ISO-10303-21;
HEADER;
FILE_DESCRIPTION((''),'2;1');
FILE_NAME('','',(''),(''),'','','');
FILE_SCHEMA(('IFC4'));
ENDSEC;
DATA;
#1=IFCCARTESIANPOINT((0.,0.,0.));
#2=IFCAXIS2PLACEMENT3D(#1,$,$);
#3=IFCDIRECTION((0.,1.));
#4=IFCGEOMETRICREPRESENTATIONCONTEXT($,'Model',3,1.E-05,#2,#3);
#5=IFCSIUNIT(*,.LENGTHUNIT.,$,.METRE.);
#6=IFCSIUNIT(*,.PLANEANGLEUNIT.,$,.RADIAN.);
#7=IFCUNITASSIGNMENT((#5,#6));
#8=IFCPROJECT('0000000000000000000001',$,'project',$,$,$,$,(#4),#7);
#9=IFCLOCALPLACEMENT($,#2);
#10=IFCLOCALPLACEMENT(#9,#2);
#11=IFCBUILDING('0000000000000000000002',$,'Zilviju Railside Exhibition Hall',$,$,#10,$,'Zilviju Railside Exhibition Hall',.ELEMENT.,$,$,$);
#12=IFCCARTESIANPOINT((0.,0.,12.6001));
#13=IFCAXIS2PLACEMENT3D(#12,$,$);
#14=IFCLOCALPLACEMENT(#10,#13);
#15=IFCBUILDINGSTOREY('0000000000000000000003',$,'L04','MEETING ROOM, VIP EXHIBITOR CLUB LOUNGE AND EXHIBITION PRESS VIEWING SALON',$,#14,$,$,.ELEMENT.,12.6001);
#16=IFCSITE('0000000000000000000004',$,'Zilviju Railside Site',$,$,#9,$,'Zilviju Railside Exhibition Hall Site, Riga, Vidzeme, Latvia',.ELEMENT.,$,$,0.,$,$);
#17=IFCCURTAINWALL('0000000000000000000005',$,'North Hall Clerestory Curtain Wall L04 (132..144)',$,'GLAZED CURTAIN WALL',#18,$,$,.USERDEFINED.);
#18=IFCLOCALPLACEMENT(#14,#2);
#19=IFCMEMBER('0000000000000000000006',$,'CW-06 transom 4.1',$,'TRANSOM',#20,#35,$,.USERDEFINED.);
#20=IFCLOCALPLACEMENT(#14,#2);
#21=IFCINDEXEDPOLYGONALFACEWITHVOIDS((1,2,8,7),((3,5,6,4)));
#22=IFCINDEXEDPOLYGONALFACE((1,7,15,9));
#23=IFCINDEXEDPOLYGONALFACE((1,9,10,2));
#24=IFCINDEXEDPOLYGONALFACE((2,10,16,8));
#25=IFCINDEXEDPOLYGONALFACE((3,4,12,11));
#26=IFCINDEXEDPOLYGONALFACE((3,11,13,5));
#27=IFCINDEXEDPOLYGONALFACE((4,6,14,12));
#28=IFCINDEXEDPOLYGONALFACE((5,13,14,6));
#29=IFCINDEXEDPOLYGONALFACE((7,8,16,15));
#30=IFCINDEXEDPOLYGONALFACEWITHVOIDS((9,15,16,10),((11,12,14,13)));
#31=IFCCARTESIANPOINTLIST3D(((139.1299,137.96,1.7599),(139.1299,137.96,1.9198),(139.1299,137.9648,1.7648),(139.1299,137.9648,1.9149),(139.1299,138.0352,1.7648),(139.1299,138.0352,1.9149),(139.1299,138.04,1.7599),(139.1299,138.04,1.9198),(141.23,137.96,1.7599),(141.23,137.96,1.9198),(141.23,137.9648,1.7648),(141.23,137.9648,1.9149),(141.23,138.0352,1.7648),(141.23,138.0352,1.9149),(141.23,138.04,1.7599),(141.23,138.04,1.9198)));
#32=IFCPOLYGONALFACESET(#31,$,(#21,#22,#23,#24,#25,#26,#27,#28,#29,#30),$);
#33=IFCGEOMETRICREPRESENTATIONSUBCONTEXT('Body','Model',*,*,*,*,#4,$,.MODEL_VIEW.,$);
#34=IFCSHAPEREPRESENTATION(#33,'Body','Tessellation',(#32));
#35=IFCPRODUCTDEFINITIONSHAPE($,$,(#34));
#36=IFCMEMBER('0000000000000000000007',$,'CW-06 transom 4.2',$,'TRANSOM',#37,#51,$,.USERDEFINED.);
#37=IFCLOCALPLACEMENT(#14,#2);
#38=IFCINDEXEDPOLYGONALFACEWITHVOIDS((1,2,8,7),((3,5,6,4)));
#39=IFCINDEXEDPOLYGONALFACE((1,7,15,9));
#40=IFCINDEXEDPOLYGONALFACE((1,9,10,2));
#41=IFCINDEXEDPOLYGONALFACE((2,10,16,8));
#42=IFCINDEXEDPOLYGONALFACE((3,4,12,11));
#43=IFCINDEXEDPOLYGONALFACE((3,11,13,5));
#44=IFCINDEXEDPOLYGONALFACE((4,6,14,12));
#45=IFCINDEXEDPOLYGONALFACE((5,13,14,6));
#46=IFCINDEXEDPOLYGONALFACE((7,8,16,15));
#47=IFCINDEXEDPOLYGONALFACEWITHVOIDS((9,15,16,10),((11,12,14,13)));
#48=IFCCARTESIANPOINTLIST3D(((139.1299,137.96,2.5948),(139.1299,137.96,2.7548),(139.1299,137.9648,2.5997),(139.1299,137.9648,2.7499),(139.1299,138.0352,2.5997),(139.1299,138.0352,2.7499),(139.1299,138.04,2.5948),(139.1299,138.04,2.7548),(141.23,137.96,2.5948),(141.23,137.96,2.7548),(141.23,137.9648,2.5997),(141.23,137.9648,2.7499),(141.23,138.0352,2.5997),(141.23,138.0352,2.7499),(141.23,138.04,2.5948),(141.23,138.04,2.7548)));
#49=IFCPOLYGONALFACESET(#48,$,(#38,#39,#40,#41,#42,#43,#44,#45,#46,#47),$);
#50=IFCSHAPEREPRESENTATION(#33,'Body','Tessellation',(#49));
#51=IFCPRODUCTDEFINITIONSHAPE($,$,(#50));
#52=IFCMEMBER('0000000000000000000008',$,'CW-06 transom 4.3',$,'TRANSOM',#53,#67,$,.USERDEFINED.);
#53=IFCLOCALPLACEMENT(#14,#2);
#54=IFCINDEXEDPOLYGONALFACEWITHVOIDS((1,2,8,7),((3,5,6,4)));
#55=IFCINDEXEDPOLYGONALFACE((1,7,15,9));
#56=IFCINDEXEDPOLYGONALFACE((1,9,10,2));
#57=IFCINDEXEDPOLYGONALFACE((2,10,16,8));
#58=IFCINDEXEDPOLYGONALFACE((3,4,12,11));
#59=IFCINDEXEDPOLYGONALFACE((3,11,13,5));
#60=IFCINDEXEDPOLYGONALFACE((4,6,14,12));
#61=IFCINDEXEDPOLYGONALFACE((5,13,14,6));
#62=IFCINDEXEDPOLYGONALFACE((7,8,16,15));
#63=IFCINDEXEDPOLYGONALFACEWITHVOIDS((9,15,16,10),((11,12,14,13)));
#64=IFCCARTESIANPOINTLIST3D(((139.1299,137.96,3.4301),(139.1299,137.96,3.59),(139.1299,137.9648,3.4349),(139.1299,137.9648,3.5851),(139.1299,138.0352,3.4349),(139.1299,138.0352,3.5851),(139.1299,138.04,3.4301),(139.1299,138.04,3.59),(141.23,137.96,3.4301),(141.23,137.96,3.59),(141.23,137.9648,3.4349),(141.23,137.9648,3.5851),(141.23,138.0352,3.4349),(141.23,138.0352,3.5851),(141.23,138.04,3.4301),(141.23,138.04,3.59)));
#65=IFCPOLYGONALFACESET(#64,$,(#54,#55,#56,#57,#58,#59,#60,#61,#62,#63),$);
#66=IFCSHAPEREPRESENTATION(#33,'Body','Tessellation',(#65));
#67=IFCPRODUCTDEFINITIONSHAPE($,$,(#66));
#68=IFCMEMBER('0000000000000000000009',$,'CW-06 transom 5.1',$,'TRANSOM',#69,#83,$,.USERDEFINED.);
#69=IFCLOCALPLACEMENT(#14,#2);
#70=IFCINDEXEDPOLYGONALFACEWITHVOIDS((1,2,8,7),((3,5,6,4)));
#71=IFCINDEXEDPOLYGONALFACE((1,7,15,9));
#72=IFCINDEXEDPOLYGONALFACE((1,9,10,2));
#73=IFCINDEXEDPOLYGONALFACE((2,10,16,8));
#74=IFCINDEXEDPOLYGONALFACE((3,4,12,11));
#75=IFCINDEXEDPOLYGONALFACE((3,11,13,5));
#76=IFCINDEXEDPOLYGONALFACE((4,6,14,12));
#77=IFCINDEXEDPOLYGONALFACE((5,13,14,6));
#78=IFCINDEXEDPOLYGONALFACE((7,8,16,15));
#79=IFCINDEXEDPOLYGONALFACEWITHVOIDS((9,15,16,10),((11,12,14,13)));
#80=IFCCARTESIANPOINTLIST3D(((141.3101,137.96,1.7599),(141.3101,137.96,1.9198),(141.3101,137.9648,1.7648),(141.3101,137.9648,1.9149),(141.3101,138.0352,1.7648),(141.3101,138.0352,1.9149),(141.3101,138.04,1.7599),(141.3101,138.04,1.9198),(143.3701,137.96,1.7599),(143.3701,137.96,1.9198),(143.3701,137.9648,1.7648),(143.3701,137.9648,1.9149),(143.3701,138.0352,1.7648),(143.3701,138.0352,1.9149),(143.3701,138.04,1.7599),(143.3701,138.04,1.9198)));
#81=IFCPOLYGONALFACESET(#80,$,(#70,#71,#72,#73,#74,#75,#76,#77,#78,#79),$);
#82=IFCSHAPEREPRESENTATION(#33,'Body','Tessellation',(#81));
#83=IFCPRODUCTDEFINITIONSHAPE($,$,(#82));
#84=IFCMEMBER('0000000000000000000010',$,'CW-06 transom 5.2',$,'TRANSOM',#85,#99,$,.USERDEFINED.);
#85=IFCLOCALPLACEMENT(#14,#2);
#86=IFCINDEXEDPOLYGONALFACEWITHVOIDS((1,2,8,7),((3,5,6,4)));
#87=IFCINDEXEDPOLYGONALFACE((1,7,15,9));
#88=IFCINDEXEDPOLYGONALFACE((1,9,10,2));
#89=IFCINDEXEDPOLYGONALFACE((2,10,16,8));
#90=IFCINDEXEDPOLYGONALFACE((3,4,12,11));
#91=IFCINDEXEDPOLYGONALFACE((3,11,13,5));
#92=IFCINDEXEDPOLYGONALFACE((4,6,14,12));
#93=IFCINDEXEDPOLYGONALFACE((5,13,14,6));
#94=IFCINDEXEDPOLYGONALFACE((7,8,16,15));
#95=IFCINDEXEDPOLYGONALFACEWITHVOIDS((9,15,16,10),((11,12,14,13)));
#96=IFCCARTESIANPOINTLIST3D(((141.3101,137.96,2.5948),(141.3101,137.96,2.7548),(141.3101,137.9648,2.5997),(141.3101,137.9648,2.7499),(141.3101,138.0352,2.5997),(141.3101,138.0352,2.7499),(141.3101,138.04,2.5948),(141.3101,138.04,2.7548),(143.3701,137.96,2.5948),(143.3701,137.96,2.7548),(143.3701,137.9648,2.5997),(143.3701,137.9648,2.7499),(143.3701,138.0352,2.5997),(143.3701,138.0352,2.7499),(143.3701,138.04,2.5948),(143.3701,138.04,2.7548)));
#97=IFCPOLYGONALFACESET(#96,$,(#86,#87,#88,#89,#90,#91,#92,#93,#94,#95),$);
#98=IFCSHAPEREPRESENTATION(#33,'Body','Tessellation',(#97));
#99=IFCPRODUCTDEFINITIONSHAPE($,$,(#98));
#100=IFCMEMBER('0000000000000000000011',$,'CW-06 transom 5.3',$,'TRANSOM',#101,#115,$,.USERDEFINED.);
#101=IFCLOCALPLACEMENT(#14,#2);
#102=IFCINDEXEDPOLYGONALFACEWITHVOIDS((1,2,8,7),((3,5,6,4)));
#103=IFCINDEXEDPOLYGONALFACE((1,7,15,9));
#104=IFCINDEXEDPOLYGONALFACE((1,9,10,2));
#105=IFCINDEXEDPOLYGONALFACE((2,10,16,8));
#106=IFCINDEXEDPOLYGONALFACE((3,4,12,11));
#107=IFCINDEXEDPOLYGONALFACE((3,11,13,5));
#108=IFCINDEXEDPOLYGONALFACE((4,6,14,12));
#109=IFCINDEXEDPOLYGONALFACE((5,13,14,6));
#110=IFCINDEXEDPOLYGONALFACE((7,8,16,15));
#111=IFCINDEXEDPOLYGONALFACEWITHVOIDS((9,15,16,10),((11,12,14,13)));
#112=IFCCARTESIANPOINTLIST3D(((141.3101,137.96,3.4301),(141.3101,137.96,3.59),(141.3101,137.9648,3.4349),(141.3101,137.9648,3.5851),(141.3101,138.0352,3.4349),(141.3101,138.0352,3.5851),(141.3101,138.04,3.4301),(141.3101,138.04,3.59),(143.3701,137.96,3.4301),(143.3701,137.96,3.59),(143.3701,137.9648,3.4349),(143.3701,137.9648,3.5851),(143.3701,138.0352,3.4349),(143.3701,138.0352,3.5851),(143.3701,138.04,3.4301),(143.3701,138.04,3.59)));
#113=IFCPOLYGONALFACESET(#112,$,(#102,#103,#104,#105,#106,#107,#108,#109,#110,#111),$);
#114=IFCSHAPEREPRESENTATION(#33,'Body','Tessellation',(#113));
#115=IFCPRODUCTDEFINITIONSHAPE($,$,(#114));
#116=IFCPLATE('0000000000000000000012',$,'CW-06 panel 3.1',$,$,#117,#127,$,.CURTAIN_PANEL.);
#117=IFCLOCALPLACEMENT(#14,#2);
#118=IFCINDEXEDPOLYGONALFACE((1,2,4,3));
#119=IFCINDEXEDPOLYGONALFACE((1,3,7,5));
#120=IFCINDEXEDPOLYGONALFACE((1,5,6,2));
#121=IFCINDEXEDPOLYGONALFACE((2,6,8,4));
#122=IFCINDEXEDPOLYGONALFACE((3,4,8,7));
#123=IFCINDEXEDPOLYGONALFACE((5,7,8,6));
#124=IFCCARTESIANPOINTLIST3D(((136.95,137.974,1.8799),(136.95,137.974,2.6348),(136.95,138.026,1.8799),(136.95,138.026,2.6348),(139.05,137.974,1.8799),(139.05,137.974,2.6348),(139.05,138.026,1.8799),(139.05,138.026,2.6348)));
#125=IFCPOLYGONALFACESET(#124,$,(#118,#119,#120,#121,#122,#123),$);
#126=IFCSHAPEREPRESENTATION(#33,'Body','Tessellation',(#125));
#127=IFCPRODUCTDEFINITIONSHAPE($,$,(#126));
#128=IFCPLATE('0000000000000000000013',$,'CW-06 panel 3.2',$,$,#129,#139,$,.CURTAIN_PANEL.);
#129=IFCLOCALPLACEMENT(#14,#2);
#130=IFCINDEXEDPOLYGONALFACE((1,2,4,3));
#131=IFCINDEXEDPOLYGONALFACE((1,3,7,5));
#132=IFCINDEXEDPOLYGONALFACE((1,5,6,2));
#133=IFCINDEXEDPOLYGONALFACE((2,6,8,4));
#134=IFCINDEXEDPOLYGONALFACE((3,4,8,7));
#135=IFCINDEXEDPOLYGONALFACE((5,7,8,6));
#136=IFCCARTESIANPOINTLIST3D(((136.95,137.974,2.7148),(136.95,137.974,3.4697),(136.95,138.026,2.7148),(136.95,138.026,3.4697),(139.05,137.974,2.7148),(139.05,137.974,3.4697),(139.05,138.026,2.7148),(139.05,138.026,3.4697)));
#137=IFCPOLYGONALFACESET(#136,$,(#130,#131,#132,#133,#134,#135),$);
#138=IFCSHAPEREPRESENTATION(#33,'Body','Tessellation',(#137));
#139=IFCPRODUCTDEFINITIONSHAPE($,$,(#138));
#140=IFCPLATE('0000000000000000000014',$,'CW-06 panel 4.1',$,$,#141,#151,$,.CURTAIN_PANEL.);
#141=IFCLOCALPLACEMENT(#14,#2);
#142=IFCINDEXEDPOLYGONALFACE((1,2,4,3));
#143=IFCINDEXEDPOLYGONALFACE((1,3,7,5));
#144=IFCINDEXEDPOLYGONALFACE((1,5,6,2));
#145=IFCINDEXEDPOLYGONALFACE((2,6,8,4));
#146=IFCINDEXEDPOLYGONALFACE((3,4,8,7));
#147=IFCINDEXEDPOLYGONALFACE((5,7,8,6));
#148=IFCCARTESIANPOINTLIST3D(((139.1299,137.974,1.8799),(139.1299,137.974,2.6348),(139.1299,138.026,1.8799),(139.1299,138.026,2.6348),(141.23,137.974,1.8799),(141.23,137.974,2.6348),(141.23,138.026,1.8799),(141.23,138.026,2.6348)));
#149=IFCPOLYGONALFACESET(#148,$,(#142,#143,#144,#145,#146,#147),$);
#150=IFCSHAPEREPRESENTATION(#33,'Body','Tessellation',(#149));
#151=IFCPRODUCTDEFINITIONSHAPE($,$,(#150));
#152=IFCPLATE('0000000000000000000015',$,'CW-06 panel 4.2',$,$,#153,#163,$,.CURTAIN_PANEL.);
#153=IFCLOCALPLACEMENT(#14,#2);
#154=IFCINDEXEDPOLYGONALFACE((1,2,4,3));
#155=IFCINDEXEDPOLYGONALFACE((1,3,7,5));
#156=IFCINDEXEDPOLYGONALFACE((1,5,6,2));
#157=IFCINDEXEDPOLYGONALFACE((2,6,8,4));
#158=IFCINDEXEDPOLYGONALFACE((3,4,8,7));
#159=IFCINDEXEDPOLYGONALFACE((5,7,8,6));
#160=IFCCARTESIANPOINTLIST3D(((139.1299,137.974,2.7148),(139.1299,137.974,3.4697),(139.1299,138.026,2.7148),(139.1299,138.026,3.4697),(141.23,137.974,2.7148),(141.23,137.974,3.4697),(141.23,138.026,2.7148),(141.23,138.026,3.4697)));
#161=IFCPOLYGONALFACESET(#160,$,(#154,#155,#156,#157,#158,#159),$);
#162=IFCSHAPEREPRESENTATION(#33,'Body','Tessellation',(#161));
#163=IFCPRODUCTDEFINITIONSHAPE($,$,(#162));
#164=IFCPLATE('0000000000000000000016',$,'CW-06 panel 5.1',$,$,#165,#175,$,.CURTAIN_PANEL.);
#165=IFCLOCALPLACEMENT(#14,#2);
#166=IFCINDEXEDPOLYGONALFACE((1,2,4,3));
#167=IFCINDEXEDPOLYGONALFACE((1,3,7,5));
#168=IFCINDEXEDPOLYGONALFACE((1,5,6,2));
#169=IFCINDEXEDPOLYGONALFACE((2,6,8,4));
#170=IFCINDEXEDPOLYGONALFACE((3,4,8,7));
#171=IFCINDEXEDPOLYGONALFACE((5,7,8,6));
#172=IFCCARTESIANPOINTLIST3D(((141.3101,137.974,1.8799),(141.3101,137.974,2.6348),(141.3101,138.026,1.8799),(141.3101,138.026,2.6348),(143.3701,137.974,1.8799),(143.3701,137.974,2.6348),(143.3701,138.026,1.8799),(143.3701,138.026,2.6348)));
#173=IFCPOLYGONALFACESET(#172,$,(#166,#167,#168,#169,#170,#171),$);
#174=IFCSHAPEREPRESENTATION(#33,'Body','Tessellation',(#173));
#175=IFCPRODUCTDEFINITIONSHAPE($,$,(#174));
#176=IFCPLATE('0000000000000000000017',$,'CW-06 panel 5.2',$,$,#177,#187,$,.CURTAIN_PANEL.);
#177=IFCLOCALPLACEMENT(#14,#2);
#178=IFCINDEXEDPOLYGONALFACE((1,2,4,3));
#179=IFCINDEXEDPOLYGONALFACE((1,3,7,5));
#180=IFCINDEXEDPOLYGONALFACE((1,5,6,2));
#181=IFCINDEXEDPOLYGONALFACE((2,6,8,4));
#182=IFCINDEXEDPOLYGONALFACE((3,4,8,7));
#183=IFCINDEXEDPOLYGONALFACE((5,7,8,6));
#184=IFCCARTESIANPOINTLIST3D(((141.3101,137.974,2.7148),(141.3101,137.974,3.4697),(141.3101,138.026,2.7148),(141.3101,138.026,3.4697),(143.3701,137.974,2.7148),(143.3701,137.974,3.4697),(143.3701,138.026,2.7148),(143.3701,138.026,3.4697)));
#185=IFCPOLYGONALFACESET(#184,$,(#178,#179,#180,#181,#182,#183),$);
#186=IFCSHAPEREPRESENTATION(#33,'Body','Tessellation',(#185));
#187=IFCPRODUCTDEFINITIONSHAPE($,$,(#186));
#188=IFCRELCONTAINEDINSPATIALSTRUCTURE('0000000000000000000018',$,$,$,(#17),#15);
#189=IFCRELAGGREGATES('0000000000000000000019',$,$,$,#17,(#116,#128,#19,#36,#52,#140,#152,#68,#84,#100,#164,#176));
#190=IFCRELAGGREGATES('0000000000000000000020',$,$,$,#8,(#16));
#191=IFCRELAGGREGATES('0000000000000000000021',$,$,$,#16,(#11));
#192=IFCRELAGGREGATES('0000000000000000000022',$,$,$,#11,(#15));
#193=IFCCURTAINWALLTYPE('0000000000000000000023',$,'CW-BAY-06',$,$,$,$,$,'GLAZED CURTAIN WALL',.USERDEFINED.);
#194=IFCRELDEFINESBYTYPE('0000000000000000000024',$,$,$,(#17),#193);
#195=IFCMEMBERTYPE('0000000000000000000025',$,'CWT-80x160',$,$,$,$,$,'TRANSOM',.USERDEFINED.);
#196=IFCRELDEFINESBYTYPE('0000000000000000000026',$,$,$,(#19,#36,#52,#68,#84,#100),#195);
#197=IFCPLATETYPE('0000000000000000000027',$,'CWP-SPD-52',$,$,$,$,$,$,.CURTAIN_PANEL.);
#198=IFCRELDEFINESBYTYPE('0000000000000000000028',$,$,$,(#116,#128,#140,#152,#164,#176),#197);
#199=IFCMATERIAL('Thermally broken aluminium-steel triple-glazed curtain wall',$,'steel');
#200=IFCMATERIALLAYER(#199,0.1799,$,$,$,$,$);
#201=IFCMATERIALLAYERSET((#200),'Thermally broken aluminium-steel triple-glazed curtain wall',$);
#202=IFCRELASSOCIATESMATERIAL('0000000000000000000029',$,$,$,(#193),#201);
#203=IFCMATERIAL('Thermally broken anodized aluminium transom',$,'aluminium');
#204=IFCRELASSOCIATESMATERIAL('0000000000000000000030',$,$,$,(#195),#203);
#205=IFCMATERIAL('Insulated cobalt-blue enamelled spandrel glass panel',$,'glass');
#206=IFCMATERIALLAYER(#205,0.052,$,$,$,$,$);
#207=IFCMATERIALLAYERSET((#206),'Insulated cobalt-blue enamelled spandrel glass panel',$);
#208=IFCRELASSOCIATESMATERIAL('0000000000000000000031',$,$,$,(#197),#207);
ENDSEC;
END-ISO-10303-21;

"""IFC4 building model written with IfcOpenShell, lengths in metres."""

from ifc_helpers import new_model, si_unit, direction, frame, origin, origin_2d, place, context, subcontext, project, spatial, rectangle, hollow_rectangle, extrude, material, layer, layer_set, material_profile, profile_set, type_object, element, aggregate, save


model = new_model("IFC4")

# Units and contexts
model_context = context("Model", 3, precision=1e-05, world=origin(), true_north=direction((0.0, 1.0)))
body_context = subcontext(model_context, "Body", "Model", "MODEL_VIEW")
ifc_project = project(units=[si_unit("LENGTHUNIT", "METRE"), si_unit("PLANEANGLEUNIT", "RADIAN")], contexts=[model_context])

# Site, building, storey
site_placement = place(None, origin())
site = spatial("IfcSite", under=ifc_project, at=site_placement, Name="Zilviju Railside Site", LongName="Zilviju Railside Exhibition Hall Site, Riga, Vidzeme, Latvia", CompositionType="ELEMENT", RefElevation=0.0)
building_placement = place(site_placement, origin())
building = spatial("IfcBuilding", under=site, at=building_placement, Name="Zilviju Railside Exhibition Hall", LongName="Zilviju Railside Exhibition Hall", CompositionType="ELEMENT")
storey_placement = place(building_placement, frame((0.0, 0.0, 12.6001)))
storey = spatial("IfcBuildingStorey", under=building, at=storey_placement, Name="L04", Description="MEETING ROOM, VIP EXHIBITOR CLUB LOUNGE AND EXHIBITION PRESS VIEWING SALON", CompositionType="ELEMENT", Elevation=12.6001)

# Shared definitions
ifc_material_1 = material(Name="Thermally broken aluminium-steel triple-glazed curtain wall", Category="steel")

# Curtain wall
ifc_layer_1 = layer(ifc_material_1, 0.1799)
ifc_layer_set_1 = layer_set([ifc_layer_1], Name="Thermally broken aluminium-steel triple-glazed curtain wall")
curtain_wall_type_1 = type_object("IfcCurtainWallType", Name="CW-BAY-06", ElementType="GLAZED CURTAIN WALL", PredefinedType="USERDEFINED", material=ifc_layer_set_1)
curtain_wall_1_placement = place(storey_placement, origin())
curtain_wall_1 = element("IfcCurtainWall", 1, at=curtain_wall_1_placement, inside=storey, type_object=curtain_wall_type_1, Name="North Hall Clerestory Curtain Wall L04 (132..144)", ObjectType="GLAZED CURTAIN WALL", PredefinedType="USERDEFINED")

# Members
ifc_material_2 = material(Name="Thermally broken anodized aluminium transom", Category="aluminium")
ifc_material_profile_1 = material_profile(ifc_material_2, hollow_rectangle(XDim=0.0801, YDim=0.1599, WallThickness=0.0049, at=origin_2d()), Name="TRANSOM 160x80x5")
ifc_profile_set_1 = profile_set([ifc_material_profile_1], Name="Thermally broken anodized aluminium transom")
member_type_1 = type_object("IfcMemberType", Name="CWT-80x160", ElementType="TRANSOM", PredefinedType="USERDEFINED", material=ifc_profile_set_1)
member_1_placement = place(storey_placement, frame((139.1299, 138.0, 1.8398), z_axis=(1.0, 0.0, 0.0), x_axis=(0.0, 1.0, 0.0)))
member_1 = element("IfcMember", 2, at=member_1_placement, type_object=member_type_1, Name="CW-06 transom 4.1", ObjectType="TRANSOM", PredefinedType="USERDEFINED", context=body_context, shape_type="SweptSolid", body=[
    extrude(hollow_rectangle(XDim=0.0801, YDim=0.1599, WallThickness=0.0049, at=origin_2d()), origin(), (0.0, 0.0, 1.0), 2.1001),
])
member_2_placement = place(storey_placement, frame((139.1299, 138.0, 2.6748), z_axis=(1.0, 0.0, 0.0), x_axis=(0.0, 1.0, 0.0)))
member_2 = element("IfcMember", 3, at=member_2_placement, type_object=member_type_1, Name="CW-06 transom 4.2", ObjectType="TRANSOM", PredefinedType="USERDEFINED", context=body_context, shape_type="SweptSolid", body=[
    extrude(hollow_rectangle(XDim=0.0801, YDim=0.1599, WallThickness=0.0049, at=origin_2d()), origin(), (0.0, 0.0, 1.0), 2.1001),
])
member_3_placement = place(storey_placement, frame((139.1299, 138.0, 3.51), z_axis=(1.0, 0.0, 0.0), x_axis=(0.0, 1.0, 0.0)))
member_3 = element("IfcMember", 4, at=member_3_placement, type_object=member_type_1, Name="CW-06 transom 4.3", ObjectType="TRANSOM", PredefinedType="USERDEFINED", context=body_context, shape_type="SweptSolid", body=[
    extrude(hollow_rectangle(XDim=0.0801, YDim=0.1599, WallThickness=0.0049, at=origin_2d()), origin(), (0.0, 0.0, 1.0), 2.1001),
])
member_4_placement = place(storey_placement, frame((141.3101, 138.0, 1.8398), z_axis=(1.0, 0.0, 0.0), x_axis=(0.0, 1.0, 0.0)))
member_4 = element("IfcMember", 5, at=member_4_placement, type_object=member_type_1, Name="CW-06 transom 5.1", ObjectType="TRANSOM", PredefinedType="USERDEFINED", context=body_context, shape_type="SweptSolid", body=[
    extrude(hollow_rectangle(XDim=0.0801, YDim=0.1599, WallThickness=0.0049, at=origin_2d()), origin(), (0.0, 0.0, 1.0), 2.0601),
])
member_5_placement = place(storey_placement, frame((141.3101, 138.0, 2.6748), z_axis=(1.0, 0.0, 0.0), x_axis=(0.0, 1.0, 0.0)))
member_5 = element("IfcMember", 6, at=member_5_placement, type_object=member_type_1, Name="CW-06 transom 5.2", ObjectType="TRANSOM", PredefinedType="USERDEFINED", context=body_context, shape_type="SweptSolid", body=[
    extrude(hollow_rectangle(XDim=0.0801, YDim=0.1599, WallThickness=0.0049, at=origin_2d()), origin(), (0.0, 0.0, 1.0), 2.0601),
])
member_6_placement = place(storey_placement, frame((141.3101, 138.0, 3.51), z_axis=(1.0, 0.0, 0.0), x_axis=(0.0, 1.0, 0.0)))
member_6 = element("IfcMember", 7, at=member_6_placement, type_object=member_type_1, Name="CW-06 transom 5.3", ObjectType="TRANSOM", PredefinedType="USERDEFINED", context=body_context, shape_type="SweptSolid", body=[
    extrude(hollow_rectangle(XDim=0.0801, YDim=0.1599, WallThickness=0.0049, at=origin_2d()), origin(), (0.0, 0.0, 1.0), 2.0601),
])

# Plates
ifc_material_3 = material(Name="Insulated cobalt-blue enamelled spandrel glass panel", Category="glass")
ifc_layer_2 = layer(ifc_material_3, 0.052)
ifc_layer_set_2 = layer_set([ifc_layer_2], Name="Insulated cobalt-blue enamelled spandrel glass panel")
plate_type = type_object("IfcPlateType", Name="CWP-SPD-52", PredefinedType="CURTAIN_PANEL", material=ifc_layer_set_2)
plate_1_placement = place(storey_placement, frame((138.0, 138.0, 1.8799), z_axis=(0.0, 0.0, 1.0), x_axis=(1.0, 0.0, 0.0)))
plate_1 = element("IfcPlate", 8, at=plate_1_placement, type_object=plate_type, Name="CW-06 panel 3.1", PredefinedType="CURTAIN_PANEL", context=body_context, shape_type="SweptSolid", body=[
    extrude(rectangle(XDim=2.1001, YDim=0.052, at=origin_2d()), origin(), (0.0, 0.0, 1.0), 0.7549),
])
plate_2_placement = place(storey_placement, frame((138.0, 138.0, 2.7148), z_axis=(0.0, 0.0, 1.0), x_axis=(1.0, 0.0, 0.0)))
plate_2 = element("IfcPlate", 9, at=plate_2_placement, type_object=plate_type, Name="CW-06 panel 3.2", PredefinedType="CURTAIN_PANEL", context=body_context, shape_type="SweptSolid", body=[
    extrude(rectangle(XDim=2.1001, YDim=0.052, at=origin_2d()), origin(), (0.0, 0.0, 1.0), 0.7549),
])
plate_3_placement = place(storey_placement, frame((140.1799, 138.0, 1.8799), z_axis=(0.0, 0.0, 1.0), x_axis=(1.0, 0.0, 0.0)))
plate_3 = element("IfcPlate", 10, at=plate_3_placement, type_object=plate_type, Name="CW-06 panel 4.1", PredefinedType="CURTAIN_PANEL", context=body_context, shape_type="SweptSolid", body=[
    extrude(rectangle(XDim=2.1001, YDim=0.052, at=origin_2d()), origin(), (0.0, 0.0, 1.0), 0.7549),
])
plate_4_placement = place(storey_placement, frame((140.1799, 138.0, 2.7148), z_axis=(0.0, 0.0, 1.0), x_axis=(1.0, 0.0, 0.0)))
plate_4 = element("IfcPlate", 11, at=plate_4_placement, type_object=plate_type, Name="CW-06 panel 4.2", PredefinedType="CURTAIN_PANEL", context=body_context, shape_type="SweptSolid", body=[
    extrude(rectangle(XDim=2.1001, YDim=0.052, at=origin_2d()), origin(), (0.0, 0.0, 1.0), 0.7549),
])
plate_5_placement = place(storey_placement, frame((142.3401, 138.0, 1.8799), z_axis=(0.0, 0.0, 1.0), x_axis=(1.0, 0.0, 0.0)))
plate_5 = element("IfcPlate", 12, at=plate_5_placement, type_object=plate_type, Name="CW-06 panel 5.1", PredefinedType="CURTAIN_PANEL", context=body_context, shape_type="SweptSolid", body=[
    extrude(rectangle(XDim=2.0601, YDim=0.052, at=origin_2d()), origin(), (0.0, 0.0, 1.0), 0.7549),
])
plate_6_placement = place(storey_placement, frame((142.3401, 138.0, 2.7148), z_axis=(0.0, 0.0, 1.0), x_axis=(1.0, 0.0, 0.0)))
plate_6 = element("IfcPlate", 13, at=plate_6_placement, type_object=plate_type, Name="CW-06 panel 5.2", PredefinedType="CURTAIN_PANEL", context=body_context, shape_type="SweptSolid", body=[
    extrude(rectangle(XDim=2.0601, YDim=0.052, at=origin_2d()), origin(), (0.0, 0.0, 1.0), 0.7549),
])
aggregate(curtain_wall_1, [plate_1, plate_2, member_1, member_2, member_3, plate_3, plate_4, member_4, member_5, member_6, plate_5, plate_6])

save(model, "model.ifc")
